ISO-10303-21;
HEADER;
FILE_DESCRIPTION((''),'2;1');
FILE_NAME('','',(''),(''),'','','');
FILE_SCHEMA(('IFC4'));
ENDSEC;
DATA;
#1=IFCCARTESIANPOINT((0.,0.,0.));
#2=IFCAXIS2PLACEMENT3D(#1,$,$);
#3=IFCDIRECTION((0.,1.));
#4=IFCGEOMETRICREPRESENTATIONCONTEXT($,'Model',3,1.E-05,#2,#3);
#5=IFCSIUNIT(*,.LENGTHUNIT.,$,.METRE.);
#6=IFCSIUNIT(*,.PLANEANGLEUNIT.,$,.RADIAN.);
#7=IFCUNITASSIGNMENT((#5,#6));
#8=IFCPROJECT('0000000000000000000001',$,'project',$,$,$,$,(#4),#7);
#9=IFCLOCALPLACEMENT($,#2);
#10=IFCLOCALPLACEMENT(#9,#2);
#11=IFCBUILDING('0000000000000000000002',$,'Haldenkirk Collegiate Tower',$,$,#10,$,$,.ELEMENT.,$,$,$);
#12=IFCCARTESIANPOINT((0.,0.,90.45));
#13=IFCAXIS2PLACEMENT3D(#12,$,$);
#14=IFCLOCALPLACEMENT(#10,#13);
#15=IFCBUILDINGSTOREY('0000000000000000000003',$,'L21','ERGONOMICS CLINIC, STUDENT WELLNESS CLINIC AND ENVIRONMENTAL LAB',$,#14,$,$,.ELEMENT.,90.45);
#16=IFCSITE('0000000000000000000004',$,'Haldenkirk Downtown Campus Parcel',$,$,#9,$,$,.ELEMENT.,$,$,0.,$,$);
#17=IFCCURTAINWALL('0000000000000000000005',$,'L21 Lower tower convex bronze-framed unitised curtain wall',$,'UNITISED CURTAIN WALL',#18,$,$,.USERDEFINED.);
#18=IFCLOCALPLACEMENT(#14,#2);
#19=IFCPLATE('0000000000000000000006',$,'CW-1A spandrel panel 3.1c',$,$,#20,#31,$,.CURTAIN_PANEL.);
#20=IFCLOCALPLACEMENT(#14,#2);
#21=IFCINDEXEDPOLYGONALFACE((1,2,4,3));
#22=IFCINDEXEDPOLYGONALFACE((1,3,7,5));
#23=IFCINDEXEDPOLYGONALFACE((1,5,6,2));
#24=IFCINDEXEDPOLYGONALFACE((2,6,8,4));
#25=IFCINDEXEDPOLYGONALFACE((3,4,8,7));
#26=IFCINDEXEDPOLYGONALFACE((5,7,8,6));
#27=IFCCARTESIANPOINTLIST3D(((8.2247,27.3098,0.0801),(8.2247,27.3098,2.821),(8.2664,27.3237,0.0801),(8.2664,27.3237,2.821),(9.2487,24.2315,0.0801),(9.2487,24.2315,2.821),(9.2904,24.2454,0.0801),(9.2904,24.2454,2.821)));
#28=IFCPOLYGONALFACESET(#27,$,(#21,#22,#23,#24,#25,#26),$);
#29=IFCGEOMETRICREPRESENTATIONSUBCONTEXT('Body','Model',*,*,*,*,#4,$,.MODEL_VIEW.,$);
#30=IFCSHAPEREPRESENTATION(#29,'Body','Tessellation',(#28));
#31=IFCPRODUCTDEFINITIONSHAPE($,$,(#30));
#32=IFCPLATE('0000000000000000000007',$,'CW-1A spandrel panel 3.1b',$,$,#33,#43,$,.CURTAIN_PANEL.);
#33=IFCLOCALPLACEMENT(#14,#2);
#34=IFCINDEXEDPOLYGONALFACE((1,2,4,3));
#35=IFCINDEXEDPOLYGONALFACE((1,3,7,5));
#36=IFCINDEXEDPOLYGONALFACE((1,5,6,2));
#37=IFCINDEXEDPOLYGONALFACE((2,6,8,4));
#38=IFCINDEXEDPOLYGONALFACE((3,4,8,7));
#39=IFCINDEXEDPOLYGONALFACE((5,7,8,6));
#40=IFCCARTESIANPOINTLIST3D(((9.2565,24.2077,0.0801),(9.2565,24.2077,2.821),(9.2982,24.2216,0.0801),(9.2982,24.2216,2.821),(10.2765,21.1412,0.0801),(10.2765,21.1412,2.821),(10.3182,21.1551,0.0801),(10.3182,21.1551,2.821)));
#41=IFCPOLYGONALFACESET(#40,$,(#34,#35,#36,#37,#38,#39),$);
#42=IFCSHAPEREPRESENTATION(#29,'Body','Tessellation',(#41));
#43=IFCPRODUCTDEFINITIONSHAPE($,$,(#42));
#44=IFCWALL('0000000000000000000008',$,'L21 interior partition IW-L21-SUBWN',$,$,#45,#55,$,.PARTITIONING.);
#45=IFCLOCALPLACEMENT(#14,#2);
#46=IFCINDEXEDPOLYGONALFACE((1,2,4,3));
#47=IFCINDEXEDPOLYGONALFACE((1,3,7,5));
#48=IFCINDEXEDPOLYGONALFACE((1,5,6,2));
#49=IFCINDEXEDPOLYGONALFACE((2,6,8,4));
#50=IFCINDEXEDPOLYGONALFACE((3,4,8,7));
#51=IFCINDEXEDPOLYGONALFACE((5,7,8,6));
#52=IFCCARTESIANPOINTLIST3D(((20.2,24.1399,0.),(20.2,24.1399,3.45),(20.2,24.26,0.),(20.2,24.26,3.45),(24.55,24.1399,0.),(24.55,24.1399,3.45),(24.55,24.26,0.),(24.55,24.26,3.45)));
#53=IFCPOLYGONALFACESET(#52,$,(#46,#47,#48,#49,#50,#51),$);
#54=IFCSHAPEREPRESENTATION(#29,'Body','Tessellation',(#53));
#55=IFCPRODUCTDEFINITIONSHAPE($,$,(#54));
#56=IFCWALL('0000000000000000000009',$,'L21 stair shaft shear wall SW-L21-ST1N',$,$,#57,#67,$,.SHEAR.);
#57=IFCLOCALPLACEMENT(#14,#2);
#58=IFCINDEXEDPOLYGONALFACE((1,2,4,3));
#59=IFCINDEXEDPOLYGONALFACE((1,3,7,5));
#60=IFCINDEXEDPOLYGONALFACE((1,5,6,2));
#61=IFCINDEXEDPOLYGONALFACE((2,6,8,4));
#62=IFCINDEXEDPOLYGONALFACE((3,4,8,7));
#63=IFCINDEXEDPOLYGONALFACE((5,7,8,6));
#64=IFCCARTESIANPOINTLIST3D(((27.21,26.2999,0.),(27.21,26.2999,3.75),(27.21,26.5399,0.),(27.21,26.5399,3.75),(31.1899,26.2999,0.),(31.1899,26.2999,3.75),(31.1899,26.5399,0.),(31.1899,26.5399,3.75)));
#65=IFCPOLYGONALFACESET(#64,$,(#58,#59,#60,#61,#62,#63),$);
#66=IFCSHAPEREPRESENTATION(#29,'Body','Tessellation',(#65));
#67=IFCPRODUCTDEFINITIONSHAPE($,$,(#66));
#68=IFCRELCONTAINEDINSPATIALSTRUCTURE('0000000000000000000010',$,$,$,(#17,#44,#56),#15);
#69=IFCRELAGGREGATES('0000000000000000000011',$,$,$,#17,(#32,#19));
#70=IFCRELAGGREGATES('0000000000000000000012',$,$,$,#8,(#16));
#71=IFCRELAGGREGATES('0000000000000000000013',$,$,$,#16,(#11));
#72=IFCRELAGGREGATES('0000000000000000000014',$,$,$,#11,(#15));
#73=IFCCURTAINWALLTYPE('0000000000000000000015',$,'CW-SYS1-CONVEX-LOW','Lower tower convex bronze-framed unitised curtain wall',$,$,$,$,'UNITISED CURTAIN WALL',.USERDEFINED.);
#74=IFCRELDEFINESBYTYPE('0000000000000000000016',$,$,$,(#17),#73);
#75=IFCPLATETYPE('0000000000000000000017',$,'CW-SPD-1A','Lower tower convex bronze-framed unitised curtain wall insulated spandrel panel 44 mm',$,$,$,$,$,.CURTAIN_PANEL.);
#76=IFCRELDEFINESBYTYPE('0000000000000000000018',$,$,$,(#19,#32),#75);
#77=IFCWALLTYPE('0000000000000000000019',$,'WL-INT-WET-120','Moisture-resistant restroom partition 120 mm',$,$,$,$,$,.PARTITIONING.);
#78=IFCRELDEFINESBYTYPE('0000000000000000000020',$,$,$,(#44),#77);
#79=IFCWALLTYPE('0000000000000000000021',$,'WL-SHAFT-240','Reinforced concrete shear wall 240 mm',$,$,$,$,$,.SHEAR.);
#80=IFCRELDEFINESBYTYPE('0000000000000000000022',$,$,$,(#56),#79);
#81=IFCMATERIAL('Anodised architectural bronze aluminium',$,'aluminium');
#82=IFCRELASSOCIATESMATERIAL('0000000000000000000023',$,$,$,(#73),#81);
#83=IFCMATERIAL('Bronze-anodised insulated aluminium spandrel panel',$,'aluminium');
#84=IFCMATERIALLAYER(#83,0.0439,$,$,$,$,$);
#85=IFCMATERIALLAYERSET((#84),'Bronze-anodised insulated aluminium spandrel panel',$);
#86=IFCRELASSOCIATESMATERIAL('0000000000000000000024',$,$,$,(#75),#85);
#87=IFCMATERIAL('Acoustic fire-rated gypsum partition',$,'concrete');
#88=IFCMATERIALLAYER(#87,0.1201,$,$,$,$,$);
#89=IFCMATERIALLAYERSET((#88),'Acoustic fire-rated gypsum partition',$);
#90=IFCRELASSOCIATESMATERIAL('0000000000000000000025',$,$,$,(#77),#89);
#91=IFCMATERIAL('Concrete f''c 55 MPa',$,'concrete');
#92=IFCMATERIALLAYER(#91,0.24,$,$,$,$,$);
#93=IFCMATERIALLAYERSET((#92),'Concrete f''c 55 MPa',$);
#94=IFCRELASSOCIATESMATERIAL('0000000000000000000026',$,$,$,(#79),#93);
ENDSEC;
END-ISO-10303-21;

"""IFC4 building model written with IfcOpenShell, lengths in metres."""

from ifc_helpers import new_model, si_unit, direction, frame, frame_2d, origin, origin_2d, place, context, subcontext, project, spatial, rectangle, extrude, source, transform, mapped, material, layer, layer_set, type_object, element, aggregate, save


model = new_model("IFC4")

# Units and contexts
model_context = context("Model", 3, precision=1e-05, world=origin(), true_north=direction((0.0, 1.0)))
body_context = subcontext(model_context, "Body", "Model", "MODEL_VIEW")
ifc_project = project(units=[si_unit("LENGTHUNIT", "METRE"), si_unit("PLANEANGLEUNIT", "RADIAN")], contexts=[model_context])

# Site, building, storey
site_placement = place(None, origin())
site = spatial("IfcSite", under=ifc_project, at=site_placement, Name="Haldenkirk Downtown Campus Parcel", CompositionType="ELEMENT", RefElevation=0.0)
building_placement = place(site_placement, origin())
building = spatial("IfcBuilding", under=site, at=building_placement, Name="Haldenkirk Collegiate Tower", CompositionType="ELEMENT")
storey_placement = place(building_placement, frame((0.0, 0.0, 90.45)))
storey = spatial("IfcBuildingStorey", under=building, at=storey_placement, Name="L21", Description="ERGONOMICS CLINIC, STUDENT WELLNESS CLINIC AND ENVIRONMENTAL LAB", CompositionType="ELEMENT", Elevation=90.45)

# Curtain wall, plates
ifc_material_1 = material(Name="Anodised architectural bronze aluminium", Category="aluminium")
curtain_wall_type = type_object("IfcCurtainWallType", Name="CW-SYS1-CONVEX-LOW", Description="Lower tower convex bronze-framed unitised curtain wall", ElementType="UNITISED CURTAIN WALL", PredefinedType="USERDEFINED", material=ifc_material_1)
curtain_wall_placement = place(storey_placement, origin())
curtain_wall = element("IfcCurtainWall", 1, at=curtain_wall_placement, inside=storey, type_object=curtain_wall_type, Name="L21 Lower tower convex bronze-framed unitised curtain wall", ObjectType="UNITISED CURTAIN WALL", PredefinedType="USERDEFINED")
ifc_material_2 = material(Name="Bronze-anodised insulated aluminium spandrel panel", Category="aluminium")
ifc_layer_1 = layer(ifc_material_2, 0.0439)
ifc_layer_set_1 = layer_set([ifc_layer_1], Name="Bronze-anodised insulated aluminium spandrel panel")
plate_type_1 = type_object("IfcPlateType", Name="CW-SPD-1A", Description="Lower tower convex bronze-framed unitised curtain wall insulated spandrel panel 44 mm", PredefinedType="CURTAIN_PANEL", material=ifc_layer_set_1)
shared_shape_1 = source(origin(), body_context, "Body", "SweptSolid", [
    extrude(rectangle(XDim=3.2441, YDim=0.0439, at=origin_2d()), origin(), (0.0, 0.0, 1.0), 2.741),
])
plate_1_placement = place(storey_placement, frame((8.7576, 25.7776, 0.0801), z_axis=(0.0, 0.0, 1.0), x_axis=(-0.31565, 0.948876, 0.0)))
plate_1 = element("IfcPlate", 2, at=plate_1_placement, type_object=plate_type_1, Name="CW-1A spandrel panel 3.1c", PredefinedType="CURTAIN_PANEL", context=body_context, shape_type="MappedRepresentation", body=[
    mapped(shared_shape_1, transform((0.0, 0.0, 0.0), x_axis=(1.0, 0.0, 0.0), y_axis=(0.0, 1.0, 0.0), z_axis=(0.0, 0.0, 1.0), scale=1.0)),
])
shared_shape_2 = source(origin(), body_context, "Body", "SweptSolid", [
    extrude(rectangle(XDim=3.2317, YDim=0.0439, at=origin_2d()), origin(), (0.0, 0.0, 1.0), 2.741),
])
plate_2_placement = place(storey_placement, frame((9.7874, 22.6814, 0.0801), z_axis=(0.0, 0.0, 1.0), x_axis=(-0.31565, 0.948876, 0.0)))
plate_2 = element("IfcPlate", 3, at=plate_2_placement, type_object=plate_type_1, Name="CW-1A spandrel panel 3.1b", PredefinedType="CURTAIN_PANEL", context=body_context, shape_type="MappedRepresentation", body=[
    mapped(shared_shape_2, transform((0.0, 0.0, 0.0), x_axis=(1.0, 0.0, 0.0), y_axis=(0.0, 1.0, 0.0), z_axis=(0.0, 0.0, 1.0), scale=1.0)),
])
aggregate(curtain_wall, [plate_2, plate_1])

# Shared definitions
ifc_material_3 = material(Name="Acoustic fire-rated gypsum partition", Category="concrete")

# Walls
ifc_layer_2 = layer(ifc_material_3, 0.1201)
ifc_layer_set_2 = layer_set([ifc_layer_2], Name="Acoustic fire-rated gypsum partition")
wall_type_1 = type_object("IfcWallType", Name="WL-INT-WET-120", Description="Moisture-resistant restroom partition 120 mm", PredefinedType="PARTITIONING", material=ifc_layer_set_2)
wall_1_placement = place(storey_placement, frame((20.2, 24.2, 0.0), z_axis=(0.0, 0.0, 1.0), x_axis=(1.0, 0.0, 0.0)))
element("IfcWall", 4, at=wall_1_placement, inside=storey, type_object=wall_type_1, Name="L21 interior partition IW-L21-SUBWN", PredefinedType="PARTITIONING", context=body_context, shape_type="SweptSolid", body=[
    extrude(rectangle(XDim=4.3501, YDim=0.1201, at=frame_2d((2.175, 0.0))), origin(), (0.0, 0.0, 1.0), 3.45),
])
ifc_material_4 = material(Name="Concrete f'c 55 MPa", Category="concrete")
ifc_layer_3 = layer(ifc_material_4, 0.24)
ifc_layer_set_3 = layer_set([ifc_layer_3], Name="Concrete f'c 55 MPa")
wall_type_2 = type_object("IfcWallType", Name="WL-SHAFT-240", Description="Reinforced concrete shear wall 240 mm", PredefinedType="SHEAR", material=ifc_layer_set_3)
wall_2_placement = place(storey_placement, frame((27.21, 26.4199, 0.0), z_axis=(0.0, 0.0, 1.0), x_axis=(1.0, 0.0, 0.0)))
element("IfcWall", 5, at=wall_2_placement, inside=storey, type_object=wall_type_2, Name="L21 stair shaft shear wall SW-L21-ST1N", PredefinedType="SHEAR", context=body_context, shape_type="SweptSolid", body=[
    extrude(rectangle(XDim=3.98, YDim=0.24, at=frame_2d((1.99, 0.0))), origin(), (0.0, 0.0, 1.0), 3.75),
])

save(model, "model.ifc")
